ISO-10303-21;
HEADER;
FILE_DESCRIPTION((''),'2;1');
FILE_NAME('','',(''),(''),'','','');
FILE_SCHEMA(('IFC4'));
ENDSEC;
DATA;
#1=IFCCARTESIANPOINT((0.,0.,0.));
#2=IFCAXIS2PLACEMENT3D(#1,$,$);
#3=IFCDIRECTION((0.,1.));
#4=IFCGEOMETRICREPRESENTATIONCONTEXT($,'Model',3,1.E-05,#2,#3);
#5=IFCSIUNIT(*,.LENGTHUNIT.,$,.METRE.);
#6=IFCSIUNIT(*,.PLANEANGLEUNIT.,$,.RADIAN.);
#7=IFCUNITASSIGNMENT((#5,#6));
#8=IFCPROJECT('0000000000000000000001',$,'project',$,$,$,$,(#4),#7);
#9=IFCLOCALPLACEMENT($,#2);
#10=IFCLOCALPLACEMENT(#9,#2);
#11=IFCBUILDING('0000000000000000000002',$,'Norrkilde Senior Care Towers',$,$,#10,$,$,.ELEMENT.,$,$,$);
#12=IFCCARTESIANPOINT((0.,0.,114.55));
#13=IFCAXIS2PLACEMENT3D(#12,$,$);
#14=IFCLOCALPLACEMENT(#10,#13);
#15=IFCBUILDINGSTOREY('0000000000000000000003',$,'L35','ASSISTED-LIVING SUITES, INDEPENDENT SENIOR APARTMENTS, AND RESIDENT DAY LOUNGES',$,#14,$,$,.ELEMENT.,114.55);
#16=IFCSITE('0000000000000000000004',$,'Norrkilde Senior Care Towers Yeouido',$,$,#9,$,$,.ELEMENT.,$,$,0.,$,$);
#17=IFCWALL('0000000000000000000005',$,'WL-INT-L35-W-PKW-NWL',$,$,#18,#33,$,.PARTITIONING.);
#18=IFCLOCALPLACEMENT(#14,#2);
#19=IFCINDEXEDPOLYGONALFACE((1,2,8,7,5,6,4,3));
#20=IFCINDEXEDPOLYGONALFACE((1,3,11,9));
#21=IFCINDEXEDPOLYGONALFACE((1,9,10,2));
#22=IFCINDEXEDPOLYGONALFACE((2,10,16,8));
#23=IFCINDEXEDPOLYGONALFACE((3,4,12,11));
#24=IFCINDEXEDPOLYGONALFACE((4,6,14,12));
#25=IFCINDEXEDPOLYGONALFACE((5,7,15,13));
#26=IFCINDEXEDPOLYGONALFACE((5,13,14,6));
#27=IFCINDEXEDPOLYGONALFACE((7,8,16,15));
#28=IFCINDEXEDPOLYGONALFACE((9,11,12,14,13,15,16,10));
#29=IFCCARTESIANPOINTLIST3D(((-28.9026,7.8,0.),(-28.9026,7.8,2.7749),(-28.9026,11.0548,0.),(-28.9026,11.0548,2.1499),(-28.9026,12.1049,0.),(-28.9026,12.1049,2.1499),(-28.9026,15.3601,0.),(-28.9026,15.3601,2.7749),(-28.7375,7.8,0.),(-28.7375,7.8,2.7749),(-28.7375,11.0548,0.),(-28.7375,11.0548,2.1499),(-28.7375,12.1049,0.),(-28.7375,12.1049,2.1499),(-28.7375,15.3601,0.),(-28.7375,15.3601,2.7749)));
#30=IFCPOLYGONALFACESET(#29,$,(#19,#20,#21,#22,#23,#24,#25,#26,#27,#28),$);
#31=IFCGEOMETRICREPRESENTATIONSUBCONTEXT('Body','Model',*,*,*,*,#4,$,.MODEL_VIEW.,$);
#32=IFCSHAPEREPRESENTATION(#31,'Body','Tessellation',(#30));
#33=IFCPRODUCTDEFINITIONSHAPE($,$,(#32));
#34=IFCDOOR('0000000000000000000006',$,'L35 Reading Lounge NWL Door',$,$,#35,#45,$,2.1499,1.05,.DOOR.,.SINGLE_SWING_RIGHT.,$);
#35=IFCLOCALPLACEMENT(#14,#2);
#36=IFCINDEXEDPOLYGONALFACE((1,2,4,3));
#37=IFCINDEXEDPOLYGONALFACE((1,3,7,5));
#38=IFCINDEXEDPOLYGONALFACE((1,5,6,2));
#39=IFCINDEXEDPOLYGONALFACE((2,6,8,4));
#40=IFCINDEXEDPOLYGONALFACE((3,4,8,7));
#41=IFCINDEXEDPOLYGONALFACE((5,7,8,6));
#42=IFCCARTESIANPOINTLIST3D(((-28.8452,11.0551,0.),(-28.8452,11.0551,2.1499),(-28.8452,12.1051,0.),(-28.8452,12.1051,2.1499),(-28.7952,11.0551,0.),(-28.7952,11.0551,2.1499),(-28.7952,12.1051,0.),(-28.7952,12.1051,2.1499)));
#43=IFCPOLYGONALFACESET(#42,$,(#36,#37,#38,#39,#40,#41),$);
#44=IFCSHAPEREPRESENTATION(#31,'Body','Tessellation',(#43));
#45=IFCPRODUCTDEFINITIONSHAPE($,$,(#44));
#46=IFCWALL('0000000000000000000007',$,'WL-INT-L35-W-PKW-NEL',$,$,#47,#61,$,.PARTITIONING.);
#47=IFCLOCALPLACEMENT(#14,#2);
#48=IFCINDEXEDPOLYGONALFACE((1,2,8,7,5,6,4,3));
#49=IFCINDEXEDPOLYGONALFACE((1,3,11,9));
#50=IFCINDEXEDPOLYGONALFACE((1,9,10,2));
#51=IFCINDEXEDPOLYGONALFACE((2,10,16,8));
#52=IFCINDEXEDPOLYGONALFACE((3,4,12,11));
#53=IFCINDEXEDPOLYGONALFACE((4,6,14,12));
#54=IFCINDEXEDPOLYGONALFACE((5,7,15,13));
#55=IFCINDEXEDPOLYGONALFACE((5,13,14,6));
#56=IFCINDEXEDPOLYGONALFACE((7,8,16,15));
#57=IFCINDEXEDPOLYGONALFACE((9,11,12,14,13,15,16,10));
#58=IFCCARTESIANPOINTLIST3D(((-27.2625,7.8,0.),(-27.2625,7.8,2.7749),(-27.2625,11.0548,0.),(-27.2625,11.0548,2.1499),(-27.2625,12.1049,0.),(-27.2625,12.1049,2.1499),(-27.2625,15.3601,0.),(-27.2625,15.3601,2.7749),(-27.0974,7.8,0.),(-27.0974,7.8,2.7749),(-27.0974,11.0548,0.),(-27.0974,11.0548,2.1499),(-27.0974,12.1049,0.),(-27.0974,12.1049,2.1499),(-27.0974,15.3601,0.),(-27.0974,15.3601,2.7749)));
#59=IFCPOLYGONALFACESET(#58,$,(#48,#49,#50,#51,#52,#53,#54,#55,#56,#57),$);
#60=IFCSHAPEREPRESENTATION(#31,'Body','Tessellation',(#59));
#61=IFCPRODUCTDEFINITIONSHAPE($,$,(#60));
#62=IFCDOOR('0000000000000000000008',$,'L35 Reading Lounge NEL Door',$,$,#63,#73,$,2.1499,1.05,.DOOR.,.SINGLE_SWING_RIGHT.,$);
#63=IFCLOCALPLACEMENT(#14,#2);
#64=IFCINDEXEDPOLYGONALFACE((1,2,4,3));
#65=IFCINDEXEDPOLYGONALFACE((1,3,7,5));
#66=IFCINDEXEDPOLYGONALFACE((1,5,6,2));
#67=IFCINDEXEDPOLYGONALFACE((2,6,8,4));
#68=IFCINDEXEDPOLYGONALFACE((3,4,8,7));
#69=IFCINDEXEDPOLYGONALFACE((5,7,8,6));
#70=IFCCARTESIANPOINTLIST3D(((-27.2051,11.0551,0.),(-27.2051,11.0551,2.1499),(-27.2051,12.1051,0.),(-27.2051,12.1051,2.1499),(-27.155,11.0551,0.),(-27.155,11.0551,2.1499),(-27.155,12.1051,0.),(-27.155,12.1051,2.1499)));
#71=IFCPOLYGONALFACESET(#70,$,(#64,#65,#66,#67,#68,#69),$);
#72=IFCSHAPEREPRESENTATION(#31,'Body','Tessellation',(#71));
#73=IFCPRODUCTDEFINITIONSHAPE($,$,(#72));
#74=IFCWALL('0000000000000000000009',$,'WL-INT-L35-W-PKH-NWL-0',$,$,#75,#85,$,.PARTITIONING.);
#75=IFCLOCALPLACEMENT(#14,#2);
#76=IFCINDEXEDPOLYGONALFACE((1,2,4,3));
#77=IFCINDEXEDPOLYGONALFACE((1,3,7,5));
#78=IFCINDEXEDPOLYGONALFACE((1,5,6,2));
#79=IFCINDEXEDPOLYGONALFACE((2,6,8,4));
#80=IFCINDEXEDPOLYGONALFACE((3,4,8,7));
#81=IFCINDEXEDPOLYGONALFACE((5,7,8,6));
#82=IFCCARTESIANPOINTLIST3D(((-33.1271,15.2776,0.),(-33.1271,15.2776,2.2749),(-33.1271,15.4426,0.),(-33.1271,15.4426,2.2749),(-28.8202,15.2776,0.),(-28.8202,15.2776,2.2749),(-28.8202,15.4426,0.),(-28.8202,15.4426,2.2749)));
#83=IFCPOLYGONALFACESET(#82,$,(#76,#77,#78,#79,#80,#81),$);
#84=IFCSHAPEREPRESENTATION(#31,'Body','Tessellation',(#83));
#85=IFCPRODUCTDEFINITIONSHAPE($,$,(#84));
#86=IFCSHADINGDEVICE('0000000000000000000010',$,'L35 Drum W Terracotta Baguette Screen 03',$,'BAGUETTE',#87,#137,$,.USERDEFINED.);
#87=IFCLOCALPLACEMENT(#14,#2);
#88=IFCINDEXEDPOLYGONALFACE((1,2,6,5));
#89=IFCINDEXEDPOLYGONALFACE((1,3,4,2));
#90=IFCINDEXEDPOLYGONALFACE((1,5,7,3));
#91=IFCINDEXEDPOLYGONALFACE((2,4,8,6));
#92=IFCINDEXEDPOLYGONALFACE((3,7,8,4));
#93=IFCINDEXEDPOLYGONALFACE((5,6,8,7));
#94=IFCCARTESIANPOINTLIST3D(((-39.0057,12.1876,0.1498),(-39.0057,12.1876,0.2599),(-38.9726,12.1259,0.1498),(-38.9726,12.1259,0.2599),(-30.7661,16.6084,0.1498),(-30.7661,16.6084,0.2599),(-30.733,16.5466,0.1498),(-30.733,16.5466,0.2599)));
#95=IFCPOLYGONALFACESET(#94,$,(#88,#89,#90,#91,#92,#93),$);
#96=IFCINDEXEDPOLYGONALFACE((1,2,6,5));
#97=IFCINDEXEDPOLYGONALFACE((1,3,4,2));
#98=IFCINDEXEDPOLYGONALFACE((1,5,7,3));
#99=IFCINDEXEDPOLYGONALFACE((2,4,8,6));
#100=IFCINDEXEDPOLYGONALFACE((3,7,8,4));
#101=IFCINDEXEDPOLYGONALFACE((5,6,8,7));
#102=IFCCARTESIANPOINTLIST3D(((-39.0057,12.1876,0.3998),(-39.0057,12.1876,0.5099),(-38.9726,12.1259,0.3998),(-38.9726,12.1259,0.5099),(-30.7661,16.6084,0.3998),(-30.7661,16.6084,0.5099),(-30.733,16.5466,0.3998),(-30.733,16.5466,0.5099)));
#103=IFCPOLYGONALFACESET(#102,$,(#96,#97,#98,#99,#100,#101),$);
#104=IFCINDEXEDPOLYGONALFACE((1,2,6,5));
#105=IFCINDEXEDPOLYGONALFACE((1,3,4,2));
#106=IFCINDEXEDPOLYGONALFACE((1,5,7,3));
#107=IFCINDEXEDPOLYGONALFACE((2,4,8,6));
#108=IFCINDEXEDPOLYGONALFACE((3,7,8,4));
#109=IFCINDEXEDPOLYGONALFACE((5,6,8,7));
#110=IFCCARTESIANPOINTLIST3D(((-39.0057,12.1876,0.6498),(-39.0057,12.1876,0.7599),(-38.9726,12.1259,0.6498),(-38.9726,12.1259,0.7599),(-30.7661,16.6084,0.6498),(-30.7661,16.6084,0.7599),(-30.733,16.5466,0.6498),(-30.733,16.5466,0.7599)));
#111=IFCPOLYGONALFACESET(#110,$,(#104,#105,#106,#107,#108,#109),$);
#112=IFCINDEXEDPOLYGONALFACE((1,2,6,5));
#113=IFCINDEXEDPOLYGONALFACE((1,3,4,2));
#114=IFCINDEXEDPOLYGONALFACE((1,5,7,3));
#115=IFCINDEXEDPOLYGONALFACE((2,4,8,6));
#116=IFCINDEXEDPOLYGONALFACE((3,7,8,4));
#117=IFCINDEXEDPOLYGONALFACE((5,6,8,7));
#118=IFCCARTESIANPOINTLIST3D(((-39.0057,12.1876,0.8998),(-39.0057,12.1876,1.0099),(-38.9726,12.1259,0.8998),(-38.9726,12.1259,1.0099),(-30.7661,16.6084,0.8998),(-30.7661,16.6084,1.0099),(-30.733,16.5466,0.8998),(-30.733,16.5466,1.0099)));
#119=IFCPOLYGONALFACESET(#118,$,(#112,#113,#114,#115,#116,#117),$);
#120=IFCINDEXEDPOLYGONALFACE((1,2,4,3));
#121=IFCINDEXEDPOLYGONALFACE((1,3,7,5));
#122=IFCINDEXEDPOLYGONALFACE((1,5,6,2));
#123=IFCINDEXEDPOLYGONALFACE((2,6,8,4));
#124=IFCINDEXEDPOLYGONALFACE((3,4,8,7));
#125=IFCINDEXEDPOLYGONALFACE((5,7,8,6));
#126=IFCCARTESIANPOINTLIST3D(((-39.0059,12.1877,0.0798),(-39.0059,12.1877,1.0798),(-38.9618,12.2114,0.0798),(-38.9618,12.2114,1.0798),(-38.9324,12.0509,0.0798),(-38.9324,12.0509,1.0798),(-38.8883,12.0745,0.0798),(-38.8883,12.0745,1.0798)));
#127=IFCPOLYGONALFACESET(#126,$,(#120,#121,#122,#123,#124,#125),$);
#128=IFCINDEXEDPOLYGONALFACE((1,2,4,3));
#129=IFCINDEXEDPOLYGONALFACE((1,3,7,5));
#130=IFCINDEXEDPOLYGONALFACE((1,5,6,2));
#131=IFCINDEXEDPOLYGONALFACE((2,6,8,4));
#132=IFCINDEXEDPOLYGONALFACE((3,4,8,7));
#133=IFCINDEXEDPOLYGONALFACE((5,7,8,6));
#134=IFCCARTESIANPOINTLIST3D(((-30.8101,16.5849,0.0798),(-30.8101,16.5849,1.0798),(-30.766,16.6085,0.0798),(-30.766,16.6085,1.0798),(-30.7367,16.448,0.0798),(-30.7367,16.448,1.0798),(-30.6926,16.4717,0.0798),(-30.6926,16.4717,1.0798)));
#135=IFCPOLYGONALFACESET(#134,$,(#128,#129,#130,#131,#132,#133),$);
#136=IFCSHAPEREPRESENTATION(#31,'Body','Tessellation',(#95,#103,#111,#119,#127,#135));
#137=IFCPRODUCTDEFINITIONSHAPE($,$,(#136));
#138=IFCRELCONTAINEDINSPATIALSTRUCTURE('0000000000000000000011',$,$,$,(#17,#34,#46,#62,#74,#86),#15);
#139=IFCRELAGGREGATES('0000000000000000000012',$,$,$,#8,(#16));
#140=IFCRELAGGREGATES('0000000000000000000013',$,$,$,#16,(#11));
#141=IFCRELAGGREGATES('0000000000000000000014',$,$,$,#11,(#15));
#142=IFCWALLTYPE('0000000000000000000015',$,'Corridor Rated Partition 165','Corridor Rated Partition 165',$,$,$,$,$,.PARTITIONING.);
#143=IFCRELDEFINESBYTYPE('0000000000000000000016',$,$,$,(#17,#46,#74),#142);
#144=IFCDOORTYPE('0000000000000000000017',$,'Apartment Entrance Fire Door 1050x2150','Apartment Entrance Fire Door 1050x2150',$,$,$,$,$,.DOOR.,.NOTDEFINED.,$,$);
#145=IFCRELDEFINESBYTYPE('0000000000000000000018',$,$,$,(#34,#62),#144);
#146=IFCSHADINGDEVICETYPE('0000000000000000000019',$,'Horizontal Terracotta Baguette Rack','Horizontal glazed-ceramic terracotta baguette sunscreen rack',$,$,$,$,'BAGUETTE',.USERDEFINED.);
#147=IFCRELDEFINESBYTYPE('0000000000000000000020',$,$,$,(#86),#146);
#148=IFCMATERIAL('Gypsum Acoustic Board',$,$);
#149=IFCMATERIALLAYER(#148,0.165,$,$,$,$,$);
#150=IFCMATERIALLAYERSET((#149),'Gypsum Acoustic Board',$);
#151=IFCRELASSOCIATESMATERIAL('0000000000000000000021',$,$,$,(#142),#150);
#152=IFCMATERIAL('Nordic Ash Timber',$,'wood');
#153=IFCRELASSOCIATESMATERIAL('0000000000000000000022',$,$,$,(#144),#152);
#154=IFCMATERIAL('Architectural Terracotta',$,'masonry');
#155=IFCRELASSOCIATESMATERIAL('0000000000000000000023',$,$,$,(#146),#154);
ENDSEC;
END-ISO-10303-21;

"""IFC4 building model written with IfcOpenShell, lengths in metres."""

from ifc_helpers import new_model, si_unit, direction, frame, frame_2d, origin, origin_2d, place, context, subcontext, project, spatial, rectangle, extrude, source, transform, mapped, material, layer, layer_set, type_object, type_shapes, element, fill, save


model = new_model("IFC4")

# Units and contexts
model_context = context("Model", 3, precision=1e-05, world=origin(), true_north=direction((0.0, 1.0)))
body_context = subcontext(model_context, "Body", "Model", "MODEL_VIEW")
ifc_project = project(units=[si_unit("LENGTHUNIT", "METRE"), si_unit("PLANEANGLEUNIT", "RADIAN")], contexts=[model_context])

# Site, building, storey
site_placement = place(None, origin())
site = spatial("IfcSite", under=ifc_project, at=site_placement, Name="Norrkilde Senior Care Towers Yeouido", CompositionType="ELEMENT", RefElevation=0.0)
building_placement = place(site_placement, origin())
building = spatial("IfcBuilding", under=site, at=building_placement, Name="Norrkilde Senior Care Towers", CompositionType="ELEMENT")
storey_placement = place(building_placement, frame((0.0, 0.0, 114.55)))
storey = spatial("IfcBuildingStorey", under=building, at=storey_placement, Name="L35", Description="ASSISTED-LIVING SUITES, INDEPENDENT SENIOR APARTMENTS, AND RESIDENT DAY LOUNGES", CompositionType="ELEMENT", Elevation=114.55)

# Shared definitions
ifc_material_1 = material(Name="Gypsum Acoustic Board")
ifc_layer_1 = layer(ifc_material_1, 0.165)
ifc_layer_set_1 = layer_set([ifc_layer_1], Name="Gypsum Acoustic Board")
wall_type_1 = type_object("IfcWallType", Name="Corridor Rated Partition 165", Description="Corridor Rated Partition 165", PredefinedType="PARTITIONING", material=ifc_layer_set_1)

# Walls, openings, doors
shared_shape_1 = source(origin(), body_context, "Body", "SweptSolid", [
    extrude(rectangle(XDim=7.5601, YDim=0.165, at=frame_2d((3.78, 0.0))), origin(), (0.0, 0.0, 1.0), 2.7749),
])
wall_1_placement = place(storey_placement, frame((-28.8201, 7.8, 0.0), z_axis=(0.0, 0.0, 1.0), x_axis=(0.0, 1.0, 0.0)))
wall_1 = element("IfcWall", 1, at=wall_1_placement, inside=storey, type_object=wall_type_1, Name="WL-INT-L35-W-PKW-NWL", PredefinedType="PARTITIONING", context=body_context, shape_type="MappedRepresentation", body=[
    mapped(shared_shape_1, transform((0.0, 0.0, 0.0), x_axis=(1.0, 0.0, 0.0), y_axis=(0.0, 1.0, 0.0), z_axis=(0.0, 0.0, 1.0), scale=1.0)),
])
opening_1_placement = place(wall_1_placement, frame((3.2549, 0.0, 0.0)))
opening_1 = element("IfcOpeningElement", 2, at=opening_1_placement, cuts=wall_1, PredefinedType="OPENING", context=body_context, shape_type="SweptSolid", body=[
    extrude(rectangle(XDim=1.05, YDim=2.1499, at=frame_2d((0.5249, 1.075))), frame((0.0, 0.0925, 0.0), z_axis=(0.0, -1.0, 0.0), x_axis=(1.0, 0.0, 0.0)), (0.0, 0.0, 1.0), 0.1851),
])
ifc_material_2 = material(Name="Nordic Ash Timber", Category="wood")
door_type = type_object("IfcDoorType", Name="Apartment Entrance Fire Door 1050x2150", Description="Apartment Entrance Fire Door 1050x2150", OperationType="NOTDEFINED", PredefinedType="DOOR", material=ifc_material_2)
shared_shape_2 = source(origin(), body_context, "Body", "SweptSolid", [
    extrude(rectangle(XDim=1.05, YDim=2.1499, at=frame_2d((0.5249, 1.075))), frame((0.0, 0.0249, 0.0), z_axis=(0.0, -1.0, 0.0), x_axis=(1.0, 0.0, 0.0)), (0.0, 0.0, 1.0), 0.05),
])
type_shapes(door_type, [shared_shape_2])
door_1_placement = place(opening_1_placement, frame((1.05, 0.0, 0.0), z_axis=(0.0, 0.0, 1.0), x_axis=(-1.0, 0.0, 0.0)))
door_1 = element("IfcDoor", 3, at=door_1_placement, inside=storey, type_object=door_type, Name="L35 Reading Lounge NWL Door", OperationType="SINGLE_SWING_RIGHT", OverallHeight=2.1499, OverallWidth=1.05, PredefinedType="DOOR", context=body_context, shape_type="MappedRepresentation", body=[
    mapped(shared_shape_2, transform((0.0, 0.0, 0.0), x_axis=(1.0, 0.0, 0.0), y_axis=(0.0, 1.0, 0.0), z_axis=(0.0, 0.0, 1.0), scale=1.0)),
])
fill(opening_1, door_1)
wall_2_placement = place(storey_placement, frame((-27.1799, 7.8, 0.0), z_axis=(0.0, 0.0, 1.0), x_axis=(0.0, 1.0, 0.0)))
wall_2 = element("IfcWall", 4, at=wall_2_placement, inside=storey, type_object=wall_type_1, Name="WL-INT-L35-W-PKW-NEL", PredefinedType="PARTITIONING", context=body_context, shape_type="MappedRepresentation", body=[
    mapped(shared_shape_1, transform((0.0, 0.0, 0.0), x_axis=(1.0, 0.0, 0.0), y_axis=(0.0, 1.0, 0.0), z_axis=(0.0, 0.0, 1.0), scale=1.0)),
])
opening_2_placement = place(wall_2_placement, frame((3.2549, 0.0, 0.0)))
opening_2 = element("IfcOpeningElement", 5, at=opening_2_placement, cuts=wall_2, PredefinedType="OPENING", context=body_context, shape_type="SweptSolid", body=[
    extrude(rectangle(XDim=1.05, YDim=2.1499, at=frame_2d((0.5249, 1.075))), frame((0.0, 0.0925, 0.0), z_axis=(0.0, -1.0, 0.0), x_axis=(1.0, 0.0, 0.0)), (0.0, 0.0, 1.0), 0.1851),
])
door_2_placement = place(opening_2_placement, frame((1.05, 0.0, 0.0), z_axis=(0.0, 0.0, 1.0), x_axis=(-1.0, 0.0, 0.0)))
door_2 = element("IfcDoor", 6, at=door_2_placement, inside=storey, type_object=door_type, Name="L35 Reading Lounge NEL Door", OperationType="SINGLE_SWING_RIGHT", OverallHeight=2.1499, OverallWidth=1.05, PredefinedType="DOOR", context=body_context, shape_type="MappedRepresentation", body=[
    mapped(shared_shape_2, transform((0.0, 0.0, 0.0), x_axis=(1.0, 0.0, 0.0), y_axis=(0.0, 1.0, 0.0), z_axis=(0.0, 0.0, 1.0), scale=1.0)),
])
fill(opening_2, door_2)

# Wall
shared_shape_3 = source(origin(), body_context, "Body", "SweptSolid", [
    extrude(rectangle(XDim=4.3069, YDim=0.165, at=frame_2d((2.1533, 0.0))), origin(), (0.0, 0.0, 1.0), 2.2749),
])
wall_3_placement = place(storey_placement, frame((-33.127, 15.3601, 0.0), z_axis=(0.0, 0.0, 1.0), x_axis=(1.0, 0.0, 0.0)))
element("IfcWall", 7, at=wall_3_placement, inside=storey, type_object=wall_type_1, Name="WL-INT-L35-W-PKH-NWL-0", PredefinedType="PARTITIONING", context=body_context, shape_type="MappedRepresentation", body=[
    mapped(shared_shape_3, transform((0.0, 0.0, 0.0), x_axis=(1.0, 0.0, 0.0), y_axis=(0.0, 1.0, 0.0), z_axis=(0.0, 0.0, 1.0), scale=1.0)),
])

# Shading device
ifc_material_3 = material(Name="Architectural Terracotta", Category="masonry")
shading_device_type = type_object("IfcShadingDeviceType", Name="Horizontal Terracotta Baguette Rack", Description="Horizontal glazed-ceramic terracotta baguette sunscreen rack", ElementType="BAGUETTE", PredefinedType="USERDEFINED", material=ifc_material_3)
shared_shape_4 = source(origin(), body_context, "Body", "SweptSolid", [
    extrude(rectangle(XDim=0.0701, YDim=0.1101, at=origin_2d()), frame((0.0, 0.0901, 0.125), z_axis=(1.0, 0.0, 0.0), x_axis=(0.0, 1.0, 0.0)), (0.0, 0.0, 1.0), 9.3506),
    extrude(rectangle(XDim=0.0701, YDim=0.1101, at=origin_2d()), frame((0.0, 0.0901, 0.375), z_axis=(1.0, 0.0, 0.0), x_axis=(0.0, 1.0, 0.0)), (0.0, 0.0, 1.0), 9.3506),
    extrude(rectangle(XDim=0.0701, YDim=0.1101, at=origin_2d()), frame((0.0, 0.0901, 0.625), z_axis=(1.0, 0.0, 0.0), x_axis=(0.0, 1.0, 0.0)), (0.0, 0.0, 1.0), 9.3506),
    extrude(rectangle(XDim=0.0701, YDim=0.1101, at=origin_2d()), frame((0.0, 0.0901, 0.875), z_axis=(1.0, 0.0, 0.0), x_axis=(0.0, 1.0, 0.0)), (0.0, 0.0, 1.0), 9.3506),
    extrude(rectangle(XDim=0.05, YDim=0.1553, at=origin_2d()), frame((0.0249, 0.0476, 0.0)), (0.0, 0.0, 1.0), 1.0),
    extrude(rectangle(XDim=0.05, YDim=0.1553, at=origin_2d()), frame((9.3257, 0.0476, 0.0)), (0.0, 0.0, 1.0), 1.0),
])
type_shapes(shading_device_type, [shared_shape_4])
shading_device_placement = place(storey_placement, frame((-38.9465, 12.0774, 0.0798), z_axis=(0.0, 0.0, 1.0), x_axis=(0.881175, 0.472768, 0.0)))
element("IfcShadingDevice", 8, at=shading_device_placement, inside=storey, type_object=shading_device_type, Name="L35 Drum W Terracotta Baguette Screen 03", ObjectType="BAGUETTE", PredefinedType="USERDEFINED", context=body_context, shape_type="MappedRepresentation", body=[
    mapped(shared_shape_4, transform((0.0, 0.0, 0.0), x_axis=(1.0, 0.0, 0.0), y_axis=(0.0, 1.0, 0.0), z_axis=(0.0, 0.0, 1.0), scale=1.0)),
])

save(model, "model.ifc")
